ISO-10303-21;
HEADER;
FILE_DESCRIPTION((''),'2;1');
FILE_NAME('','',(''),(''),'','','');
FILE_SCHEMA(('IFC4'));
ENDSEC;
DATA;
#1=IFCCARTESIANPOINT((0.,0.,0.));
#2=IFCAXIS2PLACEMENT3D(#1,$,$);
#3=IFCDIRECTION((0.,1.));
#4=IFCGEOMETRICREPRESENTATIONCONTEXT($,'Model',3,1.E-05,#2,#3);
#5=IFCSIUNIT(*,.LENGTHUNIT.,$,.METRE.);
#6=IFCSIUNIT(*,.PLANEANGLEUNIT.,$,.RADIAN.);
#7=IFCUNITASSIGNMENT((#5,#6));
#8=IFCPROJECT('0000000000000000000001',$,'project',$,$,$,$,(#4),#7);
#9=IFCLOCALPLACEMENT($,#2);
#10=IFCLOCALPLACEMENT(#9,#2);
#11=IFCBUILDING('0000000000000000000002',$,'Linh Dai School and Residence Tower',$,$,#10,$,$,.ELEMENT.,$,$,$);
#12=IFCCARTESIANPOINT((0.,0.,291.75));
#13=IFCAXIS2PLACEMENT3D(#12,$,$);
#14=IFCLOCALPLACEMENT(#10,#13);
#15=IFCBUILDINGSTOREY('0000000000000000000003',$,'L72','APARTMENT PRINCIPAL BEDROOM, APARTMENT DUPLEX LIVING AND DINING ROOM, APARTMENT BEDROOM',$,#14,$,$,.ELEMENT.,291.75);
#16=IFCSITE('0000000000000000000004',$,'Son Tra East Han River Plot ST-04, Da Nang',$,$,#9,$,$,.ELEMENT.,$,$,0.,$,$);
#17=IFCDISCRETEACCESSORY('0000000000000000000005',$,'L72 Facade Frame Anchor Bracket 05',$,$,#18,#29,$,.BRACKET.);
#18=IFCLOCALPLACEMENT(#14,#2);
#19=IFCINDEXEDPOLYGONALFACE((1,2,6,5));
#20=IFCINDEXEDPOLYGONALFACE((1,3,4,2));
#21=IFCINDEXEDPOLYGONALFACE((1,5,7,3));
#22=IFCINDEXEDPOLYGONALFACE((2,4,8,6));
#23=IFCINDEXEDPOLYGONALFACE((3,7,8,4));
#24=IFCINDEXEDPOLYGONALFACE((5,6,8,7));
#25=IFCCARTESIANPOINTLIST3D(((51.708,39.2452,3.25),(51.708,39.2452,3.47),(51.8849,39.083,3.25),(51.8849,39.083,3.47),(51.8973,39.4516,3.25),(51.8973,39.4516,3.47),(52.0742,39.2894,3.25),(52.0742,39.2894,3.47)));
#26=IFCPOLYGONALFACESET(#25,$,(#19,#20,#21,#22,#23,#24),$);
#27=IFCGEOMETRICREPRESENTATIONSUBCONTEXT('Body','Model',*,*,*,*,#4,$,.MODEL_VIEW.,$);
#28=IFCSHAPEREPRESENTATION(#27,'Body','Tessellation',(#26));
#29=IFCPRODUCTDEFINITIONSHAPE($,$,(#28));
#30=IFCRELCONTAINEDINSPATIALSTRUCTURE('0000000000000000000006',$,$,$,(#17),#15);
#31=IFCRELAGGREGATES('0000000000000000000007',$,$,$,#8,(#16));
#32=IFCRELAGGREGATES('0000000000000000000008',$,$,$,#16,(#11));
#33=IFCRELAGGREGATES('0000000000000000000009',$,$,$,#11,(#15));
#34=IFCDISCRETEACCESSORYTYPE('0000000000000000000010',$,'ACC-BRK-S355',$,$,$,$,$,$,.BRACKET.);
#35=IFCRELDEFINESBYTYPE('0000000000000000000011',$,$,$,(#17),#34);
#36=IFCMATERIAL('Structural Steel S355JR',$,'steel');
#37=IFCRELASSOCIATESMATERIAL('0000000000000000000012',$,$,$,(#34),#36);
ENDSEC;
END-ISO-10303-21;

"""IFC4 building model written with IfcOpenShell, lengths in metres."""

from ifc_helpers import new_model, si_unit, direction, frame, origin, origin_2d, place, context, subcontext, project, spatial, rectangle, extrude, source, transform, mapped, material, type_object, element, save


model = new_model("IFC4")

# Units and contexts
model_context = context("Model", 3, precision=1e-05, world=origin(), true_north=direction((0.0, 1.0)))
body_context = subcontext(model_context, "Body", "Model", "MODEL_VIEW")
ifc_project = project(units=[si_unit("LENGTHUNIT", "METRE"), si_unit("PLANEANGLEUNIT", "RADIAN")], contexts=[model_context])

# Site, building, storey
site_placement = place(None, origin())
site = spatial("IfcSite", under=ifc_project, at=site_placement, Name="Son Tra East Han River Plot ST-04, Da Nang", CompositionType="ELEMENT", RefElevation=0.0)
building_placement = place(site_placement, origin())
building = spatial("IfcBuilding", under=site, at=building_placement, Name="Linh Dai School and Residence Tower", CompositionType="ELEMENT")
storey_placement = place(building_placement, frame((0.0, 0.0, 291.75)))
storey = spatial("IfcBuildingStorey", under=building, at=storey_placement, Name="L72", Description="APARTMENT PRINCIPAL BEDROOM, APARTMENT DUPLEX LIVING AND DINING ROOM, APARTMENT BEDROOM", CompositionType="ELEMENT", Elevation=291.75)

# Shared definitions
ifc_material_1 = material(Name="Structural Steel S355JR", Category="steel")

# Discrete accessory
discrete_accessory_type = type_object("IfcDiscreteAccessoryType", Name="ACC-BRK-S355", PredefinedType="BRACKET", material=ifc_material_1)
shared_shape_1 = source(origin(), body_context, "Body", "SweptSolid", [
    extrude(rectangle(XDim=0.28, YDim=0.24, at=origin_2d()), origin(), (0.0, 0.0, 1.0), 0.22),
])
discrete_accessory_placement = place(storey_placement, frame((51.8911, 39.2673, 3.25), z_axis=(0.0, 0.0, 1.0), x_axis=(0.675777, 0.737106, 0.0)))
element("IfcDiscreteAccessory", 1, at=discrete_accessory_placement, inside=storey, type_object=discrete_accessory_type, Name="L72 Facade Frame Anchor Bracket 05", PredefinedType="BRACKET", context=body_context, shape_type="MappedRepresentation", body=[
    mapped(shared_shape_1, transform((0.0, 0.0, 0.0), x_axis=(1.0, 0.0, 0.0), y_axis=(0.0, 1.0, 0.0), z_axis=(0.0, 0.0, 1.0), scale=1.0)),
])

save(model, "model.ifc")
